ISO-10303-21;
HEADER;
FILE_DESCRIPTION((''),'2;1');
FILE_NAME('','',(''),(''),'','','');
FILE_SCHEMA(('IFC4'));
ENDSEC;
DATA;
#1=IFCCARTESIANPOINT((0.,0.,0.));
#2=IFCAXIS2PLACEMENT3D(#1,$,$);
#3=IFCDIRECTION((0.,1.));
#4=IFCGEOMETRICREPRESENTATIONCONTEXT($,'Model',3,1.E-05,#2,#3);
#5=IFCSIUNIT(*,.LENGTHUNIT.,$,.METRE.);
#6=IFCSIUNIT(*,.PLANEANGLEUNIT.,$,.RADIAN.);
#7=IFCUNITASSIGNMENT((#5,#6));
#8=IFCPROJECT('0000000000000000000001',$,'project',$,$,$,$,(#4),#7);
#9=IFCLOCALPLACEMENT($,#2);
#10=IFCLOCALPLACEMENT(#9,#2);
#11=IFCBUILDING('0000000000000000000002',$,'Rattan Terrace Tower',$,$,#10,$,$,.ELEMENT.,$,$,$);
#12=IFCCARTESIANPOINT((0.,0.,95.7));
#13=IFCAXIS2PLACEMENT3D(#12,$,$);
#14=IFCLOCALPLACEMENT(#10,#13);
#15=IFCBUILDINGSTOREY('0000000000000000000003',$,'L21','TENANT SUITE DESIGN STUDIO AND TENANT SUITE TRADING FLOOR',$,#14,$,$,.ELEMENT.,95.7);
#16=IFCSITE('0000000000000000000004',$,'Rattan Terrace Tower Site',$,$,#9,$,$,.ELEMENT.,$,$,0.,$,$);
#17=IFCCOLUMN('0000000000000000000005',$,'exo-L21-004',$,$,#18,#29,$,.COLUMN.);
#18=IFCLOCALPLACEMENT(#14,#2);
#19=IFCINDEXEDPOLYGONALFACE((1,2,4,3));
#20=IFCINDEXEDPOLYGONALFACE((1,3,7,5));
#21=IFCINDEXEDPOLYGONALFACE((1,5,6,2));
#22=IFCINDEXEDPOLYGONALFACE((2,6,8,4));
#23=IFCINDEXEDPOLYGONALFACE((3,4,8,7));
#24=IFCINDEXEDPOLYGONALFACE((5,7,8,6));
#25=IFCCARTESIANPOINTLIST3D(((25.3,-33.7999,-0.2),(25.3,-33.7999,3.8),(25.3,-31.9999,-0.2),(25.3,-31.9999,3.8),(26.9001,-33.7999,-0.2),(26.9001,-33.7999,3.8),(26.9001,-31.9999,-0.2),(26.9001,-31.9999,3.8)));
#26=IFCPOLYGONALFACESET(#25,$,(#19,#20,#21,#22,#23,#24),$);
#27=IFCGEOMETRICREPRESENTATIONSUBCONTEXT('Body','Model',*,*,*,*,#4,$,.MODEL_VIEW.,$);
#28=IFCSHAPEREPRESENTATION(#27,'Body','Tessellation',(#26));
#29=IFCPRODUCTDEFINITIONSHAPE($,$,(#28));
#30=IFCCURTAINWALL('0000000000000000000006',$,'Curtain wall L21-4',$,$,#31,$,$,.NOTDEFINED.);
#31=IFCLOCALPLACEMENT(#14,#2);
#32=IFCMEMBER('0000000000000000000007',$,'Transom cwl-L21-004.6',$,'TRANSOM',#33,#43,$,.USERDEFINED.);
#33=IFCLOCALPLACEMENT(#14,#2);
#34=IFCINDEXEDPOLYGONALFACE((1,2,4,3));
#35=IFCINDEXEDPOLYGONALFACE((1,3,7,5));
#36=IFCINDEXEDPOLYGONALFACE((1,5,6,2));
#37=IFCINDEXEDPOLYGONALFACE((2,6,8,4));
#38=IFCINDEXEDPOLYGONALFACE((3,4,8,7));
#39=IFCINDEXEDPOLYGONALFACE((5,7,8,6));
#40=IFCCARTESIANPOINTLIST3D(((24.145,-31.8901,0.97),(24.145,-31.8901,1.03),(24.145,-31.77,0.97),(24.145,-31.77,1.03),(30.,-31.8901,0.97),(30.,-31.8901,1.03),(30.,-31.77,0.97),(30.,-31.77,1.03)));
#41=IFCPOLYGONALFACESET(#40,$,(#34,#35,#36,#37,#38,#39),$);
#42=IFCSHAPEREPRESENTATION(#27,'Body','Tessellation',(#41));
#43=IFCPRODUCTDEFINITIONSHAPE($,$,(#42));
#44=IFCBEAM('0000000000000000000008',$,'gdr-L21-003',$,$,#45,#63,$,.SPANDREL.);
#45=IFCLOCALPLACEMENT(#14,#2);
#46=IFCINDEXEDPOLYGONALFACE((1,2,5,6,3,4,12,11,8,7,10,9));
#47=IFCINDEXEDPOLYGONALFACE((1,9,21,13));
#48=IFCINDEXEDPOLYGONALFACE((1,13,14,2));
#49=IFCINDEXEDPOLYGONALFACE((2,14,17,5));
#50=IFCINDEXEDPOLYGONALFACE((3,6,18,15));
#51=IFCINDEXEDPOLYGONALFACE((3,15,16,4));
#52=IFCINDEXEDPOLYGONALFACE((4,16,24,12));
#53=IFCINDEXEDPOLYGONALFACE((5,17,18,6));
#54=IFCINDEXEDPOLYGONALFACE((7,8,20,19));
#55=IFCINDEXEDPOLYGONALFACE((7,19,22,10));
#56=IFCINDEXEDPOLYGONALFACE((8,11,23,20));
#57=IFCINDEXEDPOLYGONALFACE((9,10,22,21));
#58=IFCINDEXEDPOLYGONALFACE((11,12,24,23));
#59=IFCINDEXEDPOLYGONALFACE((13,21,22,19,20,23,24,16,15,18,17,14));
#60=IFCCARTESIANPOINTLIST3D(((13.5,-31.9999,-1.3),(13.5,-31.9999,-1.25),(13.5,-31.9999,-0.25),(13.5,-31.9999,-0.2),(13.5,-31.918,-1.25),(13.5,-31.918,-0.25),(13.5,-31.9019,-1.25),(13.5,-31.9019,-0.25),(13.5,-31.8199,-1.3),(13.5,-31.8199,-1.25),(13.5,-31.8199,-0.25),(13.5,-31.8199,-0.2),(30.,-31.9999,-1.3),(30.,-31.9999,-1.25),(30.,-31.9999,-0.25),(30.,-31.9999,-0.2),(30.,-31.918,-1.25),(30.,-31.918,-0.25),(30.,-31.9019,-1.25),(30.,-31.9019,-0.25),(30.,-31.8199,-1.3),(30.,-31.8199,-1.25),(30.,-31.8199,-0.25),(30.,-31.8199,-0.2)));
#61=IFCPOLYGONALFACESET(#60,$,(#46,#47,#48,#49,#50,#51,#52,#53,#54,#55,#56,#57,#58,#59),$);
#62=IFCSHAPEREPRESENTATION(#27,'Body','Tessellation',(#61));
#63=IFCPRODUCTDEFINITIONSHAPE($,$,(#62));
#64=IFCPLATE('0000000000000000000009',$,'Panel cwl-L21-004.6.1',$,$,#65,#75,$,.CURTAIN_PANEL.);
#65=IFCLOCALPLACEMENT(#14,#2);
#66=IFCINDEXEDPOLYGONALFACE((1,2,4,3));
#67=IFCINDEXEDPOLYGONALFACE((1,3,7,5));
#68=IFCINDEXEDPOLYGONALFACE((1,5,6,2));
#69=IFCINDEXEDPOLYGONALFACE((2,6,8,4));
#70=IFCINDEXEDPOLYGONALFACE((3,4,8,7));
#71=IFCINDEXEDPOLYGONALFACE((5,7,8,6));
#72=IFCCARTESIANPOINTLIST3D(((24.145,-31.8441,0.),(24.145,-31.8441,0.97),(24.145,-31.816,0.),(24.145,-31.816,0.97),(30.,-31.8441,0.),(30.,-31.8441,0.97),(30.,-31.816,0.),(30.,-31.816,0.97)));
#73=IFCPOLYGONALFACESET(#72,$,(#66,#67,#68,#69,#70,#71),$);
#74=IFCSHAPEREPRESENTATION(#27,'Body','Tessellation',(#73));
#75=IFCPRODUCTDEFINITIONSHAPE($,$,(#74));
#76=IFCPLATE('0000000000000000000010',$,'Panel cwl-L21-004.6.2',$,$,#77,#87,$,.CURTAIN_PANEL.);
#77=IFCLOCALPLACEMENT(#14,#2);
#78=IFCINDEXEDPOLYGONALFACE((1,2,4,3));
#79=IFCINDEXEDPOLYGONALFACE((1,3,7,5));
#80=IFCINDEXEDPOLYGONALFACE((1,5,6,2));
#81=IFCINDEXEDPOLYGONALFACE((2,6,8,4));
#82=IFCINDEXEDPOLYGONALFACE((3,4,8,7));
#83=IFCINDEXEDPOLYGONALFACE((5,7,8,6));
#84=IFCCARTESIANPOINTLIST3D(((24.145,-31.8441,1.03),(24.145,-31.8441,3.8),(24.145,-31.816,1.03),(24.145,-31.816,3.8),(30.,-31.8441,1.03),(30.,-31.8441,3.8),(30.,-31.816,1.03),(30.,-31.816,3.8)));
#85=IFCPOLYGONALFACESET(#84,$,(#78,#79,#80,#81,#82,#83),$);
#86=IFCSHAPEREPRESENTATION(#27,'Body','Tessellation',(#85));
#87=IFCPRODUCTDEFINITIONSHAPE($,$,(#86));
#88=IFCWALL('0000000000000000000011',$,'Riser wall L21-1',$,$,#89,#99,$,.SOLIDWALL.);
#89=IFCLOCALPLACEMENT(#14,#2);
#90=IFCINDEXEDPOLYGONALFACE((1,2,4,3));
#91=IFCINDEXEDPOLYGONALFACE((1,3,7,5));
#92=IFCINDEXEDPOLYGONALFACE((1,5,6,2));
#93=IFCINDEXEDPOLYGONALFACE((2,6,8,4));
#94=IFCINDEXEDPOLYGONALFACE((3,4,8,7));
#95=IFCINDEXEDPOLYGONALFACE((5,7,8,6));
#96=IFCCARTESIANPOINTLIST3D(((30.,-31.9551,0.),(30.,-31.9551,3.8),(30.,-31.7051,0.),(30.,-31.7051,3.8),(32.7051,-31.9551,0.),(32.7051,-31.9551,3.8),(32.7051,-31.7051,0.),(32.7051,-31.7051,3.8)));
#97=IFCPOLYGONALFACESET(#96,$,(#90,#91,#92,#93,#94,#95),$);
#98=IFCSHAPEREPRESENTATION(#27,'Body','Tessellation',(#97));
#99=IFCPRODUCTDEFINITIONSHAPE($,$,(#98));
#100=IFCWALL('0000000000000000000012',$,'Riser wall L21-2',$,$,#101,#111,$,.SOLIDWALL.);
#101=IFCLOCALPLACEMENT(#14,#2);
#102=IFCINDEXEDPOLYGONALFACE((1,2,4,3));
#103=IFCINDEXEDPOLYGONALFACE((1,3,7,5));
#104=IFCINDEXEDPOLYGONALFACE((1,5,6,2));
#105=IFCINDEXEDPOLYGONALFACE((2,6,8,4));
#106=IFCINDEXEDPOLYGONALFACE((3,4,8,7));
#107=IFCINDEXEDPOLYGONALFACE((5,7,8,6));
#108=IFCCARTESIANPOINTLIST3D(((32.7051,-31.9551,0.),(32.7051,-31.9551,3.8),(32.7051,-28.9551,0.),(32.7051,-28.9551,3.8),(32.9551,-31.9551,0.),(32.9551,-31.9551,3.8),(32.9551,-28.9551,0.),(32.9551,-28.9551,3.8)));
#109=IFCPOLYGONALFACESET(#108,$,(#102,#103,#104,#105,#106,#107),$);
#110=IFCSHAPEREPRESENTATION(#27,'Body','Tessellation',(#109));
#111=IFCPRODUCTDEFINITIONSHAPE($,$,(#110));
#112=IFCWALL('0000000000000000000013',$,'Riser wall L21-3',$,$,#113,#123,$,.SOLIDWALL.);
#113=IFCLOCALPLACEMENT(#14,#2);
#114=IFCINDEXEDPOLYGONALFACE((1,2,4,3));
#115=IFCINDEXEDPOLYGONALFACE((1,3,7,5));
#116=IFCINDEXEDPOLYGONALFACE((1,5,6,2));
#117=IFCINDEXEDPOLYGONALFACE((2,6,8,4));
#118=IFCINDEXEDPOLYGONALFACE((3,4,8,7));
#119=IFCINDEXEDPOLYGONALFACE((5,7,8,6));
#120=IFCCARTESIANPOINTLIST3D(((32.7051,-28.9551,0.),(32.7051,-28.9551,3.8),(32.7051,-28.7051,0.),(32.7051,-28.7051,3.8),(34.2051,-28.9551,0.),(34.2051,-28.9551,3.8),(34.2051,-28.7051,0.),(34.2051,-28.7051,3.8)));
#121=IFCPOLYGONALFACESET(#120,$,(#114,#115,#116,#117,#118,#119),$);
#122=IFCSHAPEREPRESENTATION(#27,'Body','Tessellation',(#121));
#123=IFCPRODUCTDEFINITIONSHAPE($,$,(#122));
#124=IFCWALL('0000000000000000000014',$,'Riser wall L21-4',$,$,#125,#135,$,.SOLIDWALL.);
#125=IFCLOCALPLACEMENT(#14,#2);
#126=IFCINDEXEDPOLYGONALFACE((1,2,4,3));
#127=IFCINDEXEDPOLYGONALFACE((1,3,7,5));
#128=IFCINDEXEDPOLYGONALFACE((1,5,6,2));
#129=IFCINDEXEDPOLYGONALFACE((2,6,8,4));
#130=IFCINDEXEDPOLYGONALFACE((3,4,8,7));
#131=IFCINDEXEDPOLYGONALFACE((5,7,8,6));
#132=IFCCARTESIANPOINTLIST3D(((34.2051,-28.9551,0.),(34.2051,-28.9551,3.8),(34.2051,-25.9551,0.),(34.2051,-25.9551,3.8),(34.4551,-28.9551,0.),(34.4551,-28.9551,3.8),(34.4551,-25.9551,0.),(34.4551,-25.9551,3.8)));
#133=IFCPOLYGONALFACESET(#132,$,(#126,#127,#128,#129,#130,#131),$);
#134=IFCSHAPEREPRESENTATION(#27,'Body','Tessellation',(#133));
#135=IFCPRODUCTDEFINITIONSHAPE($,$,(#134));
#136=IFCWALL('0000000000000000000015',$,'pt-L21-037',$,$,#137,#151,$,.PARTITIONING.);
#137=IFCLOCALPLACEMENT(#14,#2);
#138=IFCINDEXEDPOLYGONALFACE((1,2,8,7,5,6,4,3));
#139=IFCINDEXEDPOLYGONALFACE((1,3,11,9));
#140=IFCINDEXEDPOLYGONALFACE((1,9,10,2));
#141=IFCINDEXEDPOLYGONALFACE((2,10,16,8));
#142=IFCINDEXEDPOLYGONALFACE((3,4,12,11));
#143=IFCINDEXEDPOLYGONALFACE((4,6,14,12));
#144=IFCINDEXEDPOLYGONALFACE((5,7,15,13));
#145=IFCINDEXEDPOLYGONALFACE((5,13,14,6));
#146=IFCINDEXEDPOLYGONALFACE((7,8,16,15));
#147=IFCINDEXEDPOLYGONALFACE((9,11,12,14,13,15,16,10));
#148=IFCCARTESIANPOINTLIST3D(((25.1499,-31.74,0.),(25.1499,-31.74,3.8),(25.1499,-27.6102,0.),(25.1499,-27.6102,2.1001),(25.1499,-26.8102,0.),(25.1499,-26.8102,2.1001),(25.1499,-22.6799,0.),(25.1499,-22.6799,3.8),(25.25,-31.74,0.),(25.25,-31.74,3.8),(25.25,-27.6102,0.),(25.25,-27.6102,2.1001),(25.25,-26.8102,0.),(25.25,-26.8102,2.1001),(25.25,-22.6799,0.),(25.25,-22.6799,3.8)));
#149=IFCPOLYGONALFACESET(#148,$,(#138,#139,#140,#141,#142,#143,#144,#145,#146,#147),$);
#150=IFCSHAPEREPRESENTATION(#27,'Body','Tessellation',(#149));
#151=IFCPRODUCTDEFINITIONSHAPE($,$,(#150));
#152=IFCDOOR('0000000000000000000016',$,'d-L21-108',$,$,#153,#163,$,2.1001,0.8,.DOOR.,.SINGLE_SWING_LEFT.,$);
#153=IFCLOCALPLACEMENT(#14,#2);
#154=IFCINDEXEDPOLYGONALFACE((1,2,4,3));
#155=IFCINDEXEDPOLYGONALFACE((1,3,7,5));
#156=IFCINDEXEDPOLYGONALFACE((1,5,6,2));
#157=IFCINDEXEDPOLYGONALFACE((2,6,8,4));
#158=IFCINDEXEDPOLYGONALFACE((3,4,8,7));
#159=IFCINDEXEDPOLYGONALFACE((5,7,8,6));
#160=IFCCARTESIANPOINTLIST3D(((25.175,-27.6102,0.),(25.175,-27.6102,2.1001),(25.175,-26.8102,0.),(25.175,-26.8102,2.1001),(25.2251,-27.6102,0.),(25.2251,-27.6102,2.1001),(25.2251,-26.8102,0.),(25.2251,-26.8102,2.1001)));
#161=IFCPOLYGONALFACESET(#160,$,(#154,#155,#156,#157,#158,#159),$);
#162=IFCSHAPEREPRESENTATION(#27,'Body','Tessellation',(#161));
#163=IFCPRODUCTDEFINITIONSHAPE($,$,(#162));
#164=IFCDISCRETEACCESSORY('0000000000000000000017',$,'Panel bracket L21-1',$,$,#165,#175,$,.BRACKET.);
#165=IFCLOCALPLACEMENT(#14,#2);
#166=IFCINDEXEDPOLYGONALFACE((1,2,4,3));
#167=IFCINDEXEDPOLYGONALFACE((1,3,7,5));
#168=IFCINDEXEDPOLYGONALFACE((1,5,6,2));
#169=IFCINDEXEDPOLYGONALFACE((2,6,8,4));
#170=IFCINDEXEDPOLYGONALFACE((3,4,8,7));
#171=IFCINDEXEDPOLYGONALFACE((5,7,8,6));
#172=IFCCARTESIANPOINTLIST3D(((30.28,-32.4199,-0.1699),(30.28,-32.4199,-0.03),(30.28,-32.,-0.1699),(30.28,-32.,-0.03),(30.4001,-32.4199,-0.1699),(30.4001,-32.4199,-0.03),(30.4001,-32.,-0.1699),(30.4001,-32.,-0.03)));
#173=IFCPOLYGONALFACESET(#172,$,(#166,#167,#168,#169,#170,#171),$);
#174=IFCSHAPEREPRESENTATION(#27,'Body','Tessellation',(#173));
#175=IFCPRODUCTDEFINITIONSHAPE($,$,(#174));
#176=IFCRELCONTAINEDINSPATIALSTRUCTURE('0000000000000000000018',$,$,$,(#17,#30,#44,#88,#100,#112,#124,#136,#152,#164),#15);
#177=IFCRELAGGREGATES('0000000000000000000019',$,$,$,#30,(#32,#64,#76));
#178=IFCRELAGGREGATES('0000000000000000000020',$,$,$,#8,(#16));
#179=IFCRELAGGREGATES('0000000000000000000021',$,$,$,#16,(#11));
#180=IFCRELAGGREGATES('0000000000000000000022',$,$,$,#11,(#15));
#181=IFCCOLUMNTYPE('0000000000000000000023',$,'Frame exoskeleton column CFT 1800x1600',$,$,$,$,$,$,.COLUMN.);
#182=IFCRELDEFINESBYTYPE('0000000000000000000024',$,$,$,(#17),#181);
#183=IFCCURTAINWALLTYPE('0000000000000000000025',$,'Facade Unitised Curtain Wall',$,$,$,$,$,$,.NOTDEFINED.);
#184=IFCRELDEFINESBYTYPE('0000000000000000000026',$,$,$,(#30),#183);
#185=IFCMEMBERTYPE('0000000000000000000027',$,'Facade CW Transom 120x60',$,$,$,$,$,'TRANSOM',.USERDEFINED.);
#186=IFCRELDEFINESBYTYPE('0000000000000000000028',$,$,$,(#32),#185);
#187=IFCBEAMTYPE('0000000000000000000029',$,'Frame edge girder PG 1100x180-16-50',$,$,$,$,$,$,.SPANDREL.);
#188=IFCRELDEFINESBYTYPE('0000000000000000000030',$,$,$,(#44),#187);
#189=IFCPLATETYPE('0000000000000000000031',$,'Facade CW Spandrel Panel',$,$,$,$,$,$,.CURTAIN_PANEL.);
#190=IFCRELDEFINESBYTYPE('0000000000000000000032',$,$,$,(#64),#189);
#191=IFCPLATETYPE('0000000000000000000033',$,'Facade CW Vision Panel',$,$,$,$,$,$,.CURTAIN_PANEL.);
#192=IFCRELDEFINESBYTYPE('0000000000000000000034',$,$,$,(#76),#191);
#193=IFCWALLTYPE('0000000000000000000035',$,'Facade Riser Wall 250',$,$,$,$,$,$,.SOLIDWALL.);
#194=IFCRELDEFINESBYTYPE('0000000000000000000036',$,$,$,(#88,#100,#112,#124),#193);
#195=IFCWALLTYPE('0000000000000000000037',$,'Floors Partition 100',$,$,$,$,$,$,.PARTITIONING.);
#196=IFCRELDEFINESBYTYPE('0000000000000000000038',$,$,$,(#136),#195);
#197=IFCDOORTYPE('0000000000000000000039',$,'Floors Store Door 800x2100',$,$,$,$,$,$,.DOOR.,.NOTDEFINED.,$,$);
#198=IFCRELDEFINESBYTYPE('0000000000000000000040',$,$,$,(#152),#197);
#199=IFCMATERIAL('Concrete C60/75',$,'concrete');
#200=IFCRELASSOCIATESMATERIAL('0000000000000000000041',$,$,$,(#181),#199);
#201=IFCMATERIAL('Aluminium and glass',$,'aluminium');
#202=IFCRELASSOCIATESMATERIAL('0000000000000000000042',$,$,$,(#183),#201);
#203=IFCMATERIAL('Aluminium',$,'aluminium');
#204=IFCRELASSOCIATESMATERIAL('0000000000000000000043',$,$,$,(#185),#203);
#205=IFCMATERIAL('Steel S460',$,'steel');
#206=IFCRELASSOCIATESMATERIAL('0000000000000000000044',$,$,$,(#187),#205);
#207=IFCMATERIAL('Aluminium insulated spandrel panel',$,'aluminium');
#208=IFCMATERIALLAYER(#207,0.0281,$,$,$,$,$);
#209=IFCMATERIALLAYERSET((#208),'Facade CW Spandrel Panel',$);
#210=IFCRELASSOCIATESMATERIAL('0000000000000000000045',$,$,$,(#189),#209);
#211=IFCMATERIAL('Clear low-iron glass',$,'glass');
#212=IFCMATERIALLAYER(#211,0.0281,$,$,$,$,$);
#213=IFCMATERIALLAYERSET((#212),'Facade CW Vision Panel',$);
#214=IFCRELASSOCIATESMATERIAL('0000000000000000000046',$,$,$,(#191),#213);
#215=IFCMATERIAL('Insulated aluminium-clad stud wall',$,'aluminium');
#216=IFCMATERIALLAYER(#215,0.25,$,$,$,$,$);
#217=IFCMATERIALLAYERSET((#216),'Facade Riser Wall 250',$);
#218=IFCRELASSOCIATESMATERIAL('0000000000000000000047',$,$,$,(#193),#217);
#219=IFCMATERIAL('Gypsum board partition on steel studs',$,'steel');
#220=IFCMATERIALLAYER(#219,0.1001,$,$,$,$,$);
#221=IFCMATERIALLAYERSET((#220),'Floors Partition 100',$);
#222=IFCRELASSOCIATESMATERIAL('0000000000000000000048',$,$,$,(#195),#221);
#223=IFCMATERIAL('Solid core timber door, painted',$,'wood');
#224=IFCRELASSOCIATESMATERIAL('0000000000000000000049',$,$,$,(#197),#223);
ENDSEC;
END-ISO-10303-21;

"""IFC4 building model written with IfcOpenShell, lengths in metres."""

from ifc_helpers import new_model, si_unit, direction, frame, frame_2d, origin, origin_2d, place, context, subcontext, project, spatial, rectangle, i_section, extrude, material, layer, layer_set, material_profile, profile_set, type_object, element, fill, aggregate, save


model = new_model("IFC4")

# Units and contexts
model_context = context("Model", 3, precision=1e-05, world=origin(), true_north=direction((0.0, 1.0)))
body_context = subcontext(model_context, "Body", "Model", "MODEL_VIEW")
ifc_project = project(units=[si_unit("LENGTHUNIT", "METRE"), si_unit("PLANEANGLEUNIT", "RADIAN")], contexts=[model_context])

# Site, building, storey
site_placement = place(None, origin())
site = spatial("IfcSite", under=ifc_project, at=site_placement, Name="Rattan Terrace Tower Site", CompositionType="ELEMENT", RefElevation=0.0)
building_placement = place(site_placement, origin())
building = spatial("IfcBuilding", under=site, at=building_placement, Name="Rattan Terrace Tower", CompositionType="ELEMENT")
storey_placement = place(building_placement, frame((0.0, 0.0, 95.7)))
storey = spatial("IfcBuildingStorey", under=building, at=storey_placement, Name="L21", Description="TENANT SUITE DESIGN STUDIO AND TENANT SUITE TRADING FLOOR", CompositionType="ELEMENT", Elevation=95.7)

# Column
ifc_material_1 = material(Name="Concrete C60/75", Category="concrete")
ifc_material_profile_1 = material_profile(ifc_material_1, rectangle(XDim=1.6001, YDim=1.8, at=origin_2d()), Name="CFT 1800x1600")
ifc_profile_set_1 = profile_set([ifc_material_profile_1], Name="Concrete C60/75")
column_type = type_object("IfcColumnType", Name="Frame exoskeleton column CFT 1800x1600", PredefinedType="COLUMN", material=ifc_profile_set_1)
column_placement = place(storey_placement, frame((26.1001, -32.8999, -0.2), z_axis=(0.0, 0.0, 1.0), x_axis=(1.0, 0.0, 0.0)))
element("IfcColumn", 1, at=column_placement, inside=storey, type_object=column_type, Name="exo-L21-004", PredefinedType="COLUMN", context=body_context, shape_type="SweptSolid", body=[
    extrude(rectangle(XDim=1.6001, YDim=1.8, at=origin_2d()), origin(), (0.0, 0.0, 1.0), 4.0),
])

# Curtain wall, member
ifc_material_2 = material(Name="Aluminium and glass", Category="aluminium")
curtain_wall_type = type_object("IfcCurtainWallType", Name="Facade Unitised Curtain Wall", PredefinedType="NOTDEFINED", material=ifc_material_2)
curtain_wall_placement = place(storey_placement, origin())
curtain_wall = element("IfcCurtainWall", 2, at=curtain_wall_placement, inside=storey, type_object=curtain_wall_type, Name="Curtain wall L21-4", PredefinedType="NOTDEFINED")
ifc_material_3 = material(Name="Aluminium", Category="aluminium")
ifc_material_profile_2 = material_profile(ifc_material_3, rectangle(XDim=0.1201, YDim=0.0601, at=origin_2d()), Name="Aluminium 120x60")
ifc_profile_set_2 = profile_set([ifc_material_profile_2], Name="Aluminium")
member_type = type_object("IfcMemberType", Name="Facade CW Transom 120x60", ElementType="TRANSOM", PredefinedType="USERDEFINED", material=ifc_profile_set_2)
member_placement = place(storey_placement, frame((24.145, -31.8301, 1.0), z_axis=(1.0, 0.0, 0.0), x_axis=(0.0, 1.0, 0.0)))
member = element("IfcMember", 3, at=member_placement, type_object=member_type, Name="Transom cwl-L21-004.6", ObjectType="TRANSOM", PredefinedType="USERDEFINED", context=body_context, shape_type="SweptSolid", body=[
    extrude(rectangle(XDim=0.1201, YDim=0.0601, at=origin_2d()), origin(), (0.0, 0.0, 1.0), 5.855),
])

# Beam
ifc_material_4 = material(Name="Steel S460", Category="steel")
ifc_material_profile_3 = material_profile(ifc_material_4, i_section(OverallWidth=0.1799, OverallDepth=1.1001, WebThickness=0.0161, FlangeThickness=0.05, at=origin_2d()), Name="PG 1100x180-16-50")
ifc_profile_set_3 = profile_set([ifc_material_profile_3], Name="Steel S460")
beam_type = type_object("IfcBeamType", Name="Frame edge girder PG 1100x180-16-50", PredefinedType="SPANDREL", material=ifc_profile_set_3)
beam_placement = place(storey_placement, frame((30.0, -31.9099, -0.75), z_axis=(-1.0, 0.0, 0.0), x_axis=(0.0, -1.0, 0.0)))
element("IfcBeam", 4, at=beam_placement, inside=storey, type_object=beam_type, Name="gdr-L21-003", PredefinedType="SPANDREL", context=body_context, shape_type="SweptSolid", body=[
    extrude(i_section(OverallWidth=0.1799, OverallDepth=1.1001, WebThickness=0.0161, FlangeThickness=0.05, at=origin_2d()), origin(), (0.0, 0.0, 1.0), 16.5),
])

# Plates
ifc_material_5 = material(Name="Aluminium insulated spandrel panel", Category="aluminium")
ifc_layer_1 = layer(ifc_material_5, 0.0281)
ifc_layer_set_1 = layer_set([ifc_layer_1], Name="Facade CW Spandrel Panel")
plate_type_1 = type_object("IfcPlateType", Name="Facade CW Spandrel Panel", PredefinedType="CURTAIN_PANEL", material=ifc_layer_set_1)
plate_1_placement = place(storey_placement, frame((27.0725, -31.8301, 0.0), z_axis=(0.0, 0.0, 1.0), x_axis=(1.0, 0.0, 0.0)))
plate_1 = element("IfcPlate", 5, at=plate_1_placement, type_object=plate_type_1, Name="Panel cwl-L21-004.6.1", PredefinedType="CURTAIN_PANEL", context=body_context, shape_type="SweptSolid", body=[
    extrude(rectangle(XDim=5.855, YDim=0.0281, at=origin_2d()), origin(), (0.0, 0.0, 1.0), 0.97),
])
ifc_material_6 = material(Name="Clear low-iron glass", Category="glass")
ifc_layer_2 = layer(ifc_material_6, 0.0281)
ifc_layer_set_2 = layer_set([ifc_layer_2], Name="Facade CW Vision Panel")
plate_type_2 = type_object("IfcPlateType", Name="Facade CW Vision Panel", PredefinedType="CURTAIN_PANEL", material=ifc_layer_set_2)
plate_2_placement = place(storey_placement, frame((27.0725, -31.8301, 1.03), z_axis=(0.0, 0.0, 1.0), x_axis=(1.0, 0.0, 0.0)))
plate_2 = element("IfcPlate", 6, at=plate_2_placement, type_object=plate_type_2, Name="Panel cwl-L21-004.6.2", PredefinedType="CURTAIN_PANEL", context=body_context, shape_type="SweptSolid", body=[
    extrude(rectangle(XDim=5.855, YDim=0.0281, at=origin_2d()), origin(), (0.0, 0.0, 1.0), 2.77),
])
aggregate(curtain_wall, [member, plate_1, plate_2])

# Walls
ifc_material_7 = material(Name="Insulated aluminium-clad stud wall", Category="aluminium")
ifc_layer_3 = layer(ifc_material_7, 0.25)
ifc_layer_set_3 = layer_set([ifc_layer_3], Name="Facade Riser Wall 250")
wall_type_1 = type_object("IfcWallType", Name="Facade Riser Wall 250", PredefinedType="SOLIDWALL", material=ifc_layer_set_3)
wall_1_placement = place(storey_placement, frame((30.0, -31.8301, 0.0), z_axis=(0.0, 0.0, 1.0), x_axis=(1.0, 0.0, 0.0)))
element("IfcWall", 7, at=wall_1_placement, inside=storey, type_object=wall_type_1, Name="Riser wall L21-1", PredefinedType="SOLIDWALL", context=body_context, shape_type="SweptSolid", body=[
    extrude(rectangle(XDim=2.7051, YDim=0.25, at=frame_2d((1.3525, 0.0))), origin(), (0.0, 0.0, 1.0), 3.8),
])
wall_2_placement = place(storey_placement, frame((32.8301, -31.9551, 0.0), z_axis=(0.0, 0.0, 1.0), x_axis=(0.0, 1.0, 0.0)))
element("IfcWall", 8, at=wall_2_placement, inside=storey, type_object=wall_type_1, Name="Riser wall L21-2", PredefinedType="SOLIDWALL", context=body_context, shape_type="SweptSolid", body=[
    extrude(rectangle(XDim=3.0, YDim=0.25, at=frame_2d((1.5, 0.0))), origin(), (0.0, 0.0, 1.0), 3.8),
])
wall_3_placement = place(storey_placement, frame((32.7051, -28.8301, 0.0), z_axis=(0.0, 0.0, 1.0), x_axis=(1.0, 0.0, 0.0)))
element("IfcWall", 9, at=wall_3_placement, inside=storey, type_object=wall_type_1, Name="Riser wall L21-3", PredefinedType="SOLIDWALL", context=body_context, shape_type="SweptSolid", body=[
    extrude(rectangle(XDim=1.5, YDim=0.25, at=frame_2d((0.75, 0.0))), origin(), (0.0, 0.0, 1.0), 3.8),
])
wall_4_placement = place(storey_placement, frame((34.3301, -28.9551, 0.0), z_axis=(0.0, 0.0, 1.0), x_axis=(0.0, 1.0, 0.0)))
element("IfcWall", 10, at=wall_4_placement, inside=storey, type_object=wall_type_1, Name="Riser wall L21-4", PredefinedType="SOLIDWALL", context=body_context, shape_type="SweptSolid", body=[
    extrude(rectangle(XDim=3.0, YDim=0.25, at=frame_2d((1.5, 0.0))), origin(), (0.0, 0.0, 1.0), 3.8),
])

# Wall, opening, door
ifc_material_8 = material(Name="Gypsum board partition on steel studs", Category="steel")
ifc_layer_4 = layer(ifc_material_8, 0.1001)
ifc_layer_set_4 = layer_set([ifc_layer_4], Name="Floors Partition 100")
wall_type_2 = type_object("IfcWallType", Name="Floors Partition 100", PredefinedType="PARTITIONING", material=ifc_layer_set_4)
wall_5_placement = place(storey_placement, frame((25.2, -31.74, 0.0), z_axis=(0.0, 0.0, 1.0), x_axis=(0.0, 1.0, 0.0)))
wall_5 = element("IfcWall", 11, at=wall_5_placement, inside=storey, type_object=wall_type_2, Name="pt-L21-037", PredefinedType="PARTITIONING", context=body_context, shape_type="SweptSolid", body=[
    extrude(rectangle(XDim=9.0601, YDim=0.1001, at=frame_2d((4.53, 0.0))), origin(), (0.0, 0.0, 1.0), 3.8),
])
opening_placement = place(wall_5_placement, frame((4.1299, 0.0, 0.0)))
opening = element("IfcOpeningElement", 12, at=opening_placement, cuts=wall_5, PredefinedType="OPENING", context=body_context, shape_type="SweptSolid", body=[
    extrude(rectangle(XDim=0.8, YDim=2.1001, at=frame_2d((0.3999, 1.05))), frame((0.0, 0.0605, 0.0), z_axis=(0.0, -1.0, 0.0), x_axis=(1.0, 0.0, 0.0)), (0.0, 0.0, 1.0), 0.1211),
])
ifc_material_9 = material(Name="Solid core timber door, painted", Category="wood")
door_type = type_object("IfcDoorType", Name="Floors Store Door 800x2100", OperationType="NOTDEFINED", PredefinedType="DOOR", material=ifc_material_9)
door_placement = place(opening_placement, origin())
door = element("IfcDoor", 13, at=door_placement, inside=storey, type_object=door_type, Name="d-L21-108", OperationType="SINGLE_SWING_LEFT", OverallHeight=2.1001, OverallWidth=0.8, PredefinedType="DOOR", context=body_context, shape_type="SweptSolid", body=[
    extrude(rectangle(XDim=0.8, YDim=2.1001, at=frame_2d((0.3999, 1.05))), frame((0.0, 0.0249, 0.0), z_axis=(0.0, -1.0, 0.0), x_axis=(1.0, 0.0, 0.0)), (0.0, 0.0, 1.0), 0.05),
])
fill(opening, door)

# Discrete accessory
for number, where, z_axis, x_axis, name in (
    (14, (30.3401, -32.21, -0.1699), (0.0, 0.0, 1.0), (1.0, 0.0, 0.0), "Panel bracket L21-1"),
):
    element("IfcDiscreteAccessory", number, at=place(storey_placement, frame(where, z_axis=z_axis, x_axis=x_axis)), inside=storey, Name=name, PredefinedType="BRACKET", context=body_context, shape_type="SweptSolid", body=[
        extrude(rectangle(XDim=0.1201, YDim=0.4199, at=origin_2d()), origin(), (0.0, 0.0, 1.0), 0.1399),
    ])

save(model, "model.ifc")
